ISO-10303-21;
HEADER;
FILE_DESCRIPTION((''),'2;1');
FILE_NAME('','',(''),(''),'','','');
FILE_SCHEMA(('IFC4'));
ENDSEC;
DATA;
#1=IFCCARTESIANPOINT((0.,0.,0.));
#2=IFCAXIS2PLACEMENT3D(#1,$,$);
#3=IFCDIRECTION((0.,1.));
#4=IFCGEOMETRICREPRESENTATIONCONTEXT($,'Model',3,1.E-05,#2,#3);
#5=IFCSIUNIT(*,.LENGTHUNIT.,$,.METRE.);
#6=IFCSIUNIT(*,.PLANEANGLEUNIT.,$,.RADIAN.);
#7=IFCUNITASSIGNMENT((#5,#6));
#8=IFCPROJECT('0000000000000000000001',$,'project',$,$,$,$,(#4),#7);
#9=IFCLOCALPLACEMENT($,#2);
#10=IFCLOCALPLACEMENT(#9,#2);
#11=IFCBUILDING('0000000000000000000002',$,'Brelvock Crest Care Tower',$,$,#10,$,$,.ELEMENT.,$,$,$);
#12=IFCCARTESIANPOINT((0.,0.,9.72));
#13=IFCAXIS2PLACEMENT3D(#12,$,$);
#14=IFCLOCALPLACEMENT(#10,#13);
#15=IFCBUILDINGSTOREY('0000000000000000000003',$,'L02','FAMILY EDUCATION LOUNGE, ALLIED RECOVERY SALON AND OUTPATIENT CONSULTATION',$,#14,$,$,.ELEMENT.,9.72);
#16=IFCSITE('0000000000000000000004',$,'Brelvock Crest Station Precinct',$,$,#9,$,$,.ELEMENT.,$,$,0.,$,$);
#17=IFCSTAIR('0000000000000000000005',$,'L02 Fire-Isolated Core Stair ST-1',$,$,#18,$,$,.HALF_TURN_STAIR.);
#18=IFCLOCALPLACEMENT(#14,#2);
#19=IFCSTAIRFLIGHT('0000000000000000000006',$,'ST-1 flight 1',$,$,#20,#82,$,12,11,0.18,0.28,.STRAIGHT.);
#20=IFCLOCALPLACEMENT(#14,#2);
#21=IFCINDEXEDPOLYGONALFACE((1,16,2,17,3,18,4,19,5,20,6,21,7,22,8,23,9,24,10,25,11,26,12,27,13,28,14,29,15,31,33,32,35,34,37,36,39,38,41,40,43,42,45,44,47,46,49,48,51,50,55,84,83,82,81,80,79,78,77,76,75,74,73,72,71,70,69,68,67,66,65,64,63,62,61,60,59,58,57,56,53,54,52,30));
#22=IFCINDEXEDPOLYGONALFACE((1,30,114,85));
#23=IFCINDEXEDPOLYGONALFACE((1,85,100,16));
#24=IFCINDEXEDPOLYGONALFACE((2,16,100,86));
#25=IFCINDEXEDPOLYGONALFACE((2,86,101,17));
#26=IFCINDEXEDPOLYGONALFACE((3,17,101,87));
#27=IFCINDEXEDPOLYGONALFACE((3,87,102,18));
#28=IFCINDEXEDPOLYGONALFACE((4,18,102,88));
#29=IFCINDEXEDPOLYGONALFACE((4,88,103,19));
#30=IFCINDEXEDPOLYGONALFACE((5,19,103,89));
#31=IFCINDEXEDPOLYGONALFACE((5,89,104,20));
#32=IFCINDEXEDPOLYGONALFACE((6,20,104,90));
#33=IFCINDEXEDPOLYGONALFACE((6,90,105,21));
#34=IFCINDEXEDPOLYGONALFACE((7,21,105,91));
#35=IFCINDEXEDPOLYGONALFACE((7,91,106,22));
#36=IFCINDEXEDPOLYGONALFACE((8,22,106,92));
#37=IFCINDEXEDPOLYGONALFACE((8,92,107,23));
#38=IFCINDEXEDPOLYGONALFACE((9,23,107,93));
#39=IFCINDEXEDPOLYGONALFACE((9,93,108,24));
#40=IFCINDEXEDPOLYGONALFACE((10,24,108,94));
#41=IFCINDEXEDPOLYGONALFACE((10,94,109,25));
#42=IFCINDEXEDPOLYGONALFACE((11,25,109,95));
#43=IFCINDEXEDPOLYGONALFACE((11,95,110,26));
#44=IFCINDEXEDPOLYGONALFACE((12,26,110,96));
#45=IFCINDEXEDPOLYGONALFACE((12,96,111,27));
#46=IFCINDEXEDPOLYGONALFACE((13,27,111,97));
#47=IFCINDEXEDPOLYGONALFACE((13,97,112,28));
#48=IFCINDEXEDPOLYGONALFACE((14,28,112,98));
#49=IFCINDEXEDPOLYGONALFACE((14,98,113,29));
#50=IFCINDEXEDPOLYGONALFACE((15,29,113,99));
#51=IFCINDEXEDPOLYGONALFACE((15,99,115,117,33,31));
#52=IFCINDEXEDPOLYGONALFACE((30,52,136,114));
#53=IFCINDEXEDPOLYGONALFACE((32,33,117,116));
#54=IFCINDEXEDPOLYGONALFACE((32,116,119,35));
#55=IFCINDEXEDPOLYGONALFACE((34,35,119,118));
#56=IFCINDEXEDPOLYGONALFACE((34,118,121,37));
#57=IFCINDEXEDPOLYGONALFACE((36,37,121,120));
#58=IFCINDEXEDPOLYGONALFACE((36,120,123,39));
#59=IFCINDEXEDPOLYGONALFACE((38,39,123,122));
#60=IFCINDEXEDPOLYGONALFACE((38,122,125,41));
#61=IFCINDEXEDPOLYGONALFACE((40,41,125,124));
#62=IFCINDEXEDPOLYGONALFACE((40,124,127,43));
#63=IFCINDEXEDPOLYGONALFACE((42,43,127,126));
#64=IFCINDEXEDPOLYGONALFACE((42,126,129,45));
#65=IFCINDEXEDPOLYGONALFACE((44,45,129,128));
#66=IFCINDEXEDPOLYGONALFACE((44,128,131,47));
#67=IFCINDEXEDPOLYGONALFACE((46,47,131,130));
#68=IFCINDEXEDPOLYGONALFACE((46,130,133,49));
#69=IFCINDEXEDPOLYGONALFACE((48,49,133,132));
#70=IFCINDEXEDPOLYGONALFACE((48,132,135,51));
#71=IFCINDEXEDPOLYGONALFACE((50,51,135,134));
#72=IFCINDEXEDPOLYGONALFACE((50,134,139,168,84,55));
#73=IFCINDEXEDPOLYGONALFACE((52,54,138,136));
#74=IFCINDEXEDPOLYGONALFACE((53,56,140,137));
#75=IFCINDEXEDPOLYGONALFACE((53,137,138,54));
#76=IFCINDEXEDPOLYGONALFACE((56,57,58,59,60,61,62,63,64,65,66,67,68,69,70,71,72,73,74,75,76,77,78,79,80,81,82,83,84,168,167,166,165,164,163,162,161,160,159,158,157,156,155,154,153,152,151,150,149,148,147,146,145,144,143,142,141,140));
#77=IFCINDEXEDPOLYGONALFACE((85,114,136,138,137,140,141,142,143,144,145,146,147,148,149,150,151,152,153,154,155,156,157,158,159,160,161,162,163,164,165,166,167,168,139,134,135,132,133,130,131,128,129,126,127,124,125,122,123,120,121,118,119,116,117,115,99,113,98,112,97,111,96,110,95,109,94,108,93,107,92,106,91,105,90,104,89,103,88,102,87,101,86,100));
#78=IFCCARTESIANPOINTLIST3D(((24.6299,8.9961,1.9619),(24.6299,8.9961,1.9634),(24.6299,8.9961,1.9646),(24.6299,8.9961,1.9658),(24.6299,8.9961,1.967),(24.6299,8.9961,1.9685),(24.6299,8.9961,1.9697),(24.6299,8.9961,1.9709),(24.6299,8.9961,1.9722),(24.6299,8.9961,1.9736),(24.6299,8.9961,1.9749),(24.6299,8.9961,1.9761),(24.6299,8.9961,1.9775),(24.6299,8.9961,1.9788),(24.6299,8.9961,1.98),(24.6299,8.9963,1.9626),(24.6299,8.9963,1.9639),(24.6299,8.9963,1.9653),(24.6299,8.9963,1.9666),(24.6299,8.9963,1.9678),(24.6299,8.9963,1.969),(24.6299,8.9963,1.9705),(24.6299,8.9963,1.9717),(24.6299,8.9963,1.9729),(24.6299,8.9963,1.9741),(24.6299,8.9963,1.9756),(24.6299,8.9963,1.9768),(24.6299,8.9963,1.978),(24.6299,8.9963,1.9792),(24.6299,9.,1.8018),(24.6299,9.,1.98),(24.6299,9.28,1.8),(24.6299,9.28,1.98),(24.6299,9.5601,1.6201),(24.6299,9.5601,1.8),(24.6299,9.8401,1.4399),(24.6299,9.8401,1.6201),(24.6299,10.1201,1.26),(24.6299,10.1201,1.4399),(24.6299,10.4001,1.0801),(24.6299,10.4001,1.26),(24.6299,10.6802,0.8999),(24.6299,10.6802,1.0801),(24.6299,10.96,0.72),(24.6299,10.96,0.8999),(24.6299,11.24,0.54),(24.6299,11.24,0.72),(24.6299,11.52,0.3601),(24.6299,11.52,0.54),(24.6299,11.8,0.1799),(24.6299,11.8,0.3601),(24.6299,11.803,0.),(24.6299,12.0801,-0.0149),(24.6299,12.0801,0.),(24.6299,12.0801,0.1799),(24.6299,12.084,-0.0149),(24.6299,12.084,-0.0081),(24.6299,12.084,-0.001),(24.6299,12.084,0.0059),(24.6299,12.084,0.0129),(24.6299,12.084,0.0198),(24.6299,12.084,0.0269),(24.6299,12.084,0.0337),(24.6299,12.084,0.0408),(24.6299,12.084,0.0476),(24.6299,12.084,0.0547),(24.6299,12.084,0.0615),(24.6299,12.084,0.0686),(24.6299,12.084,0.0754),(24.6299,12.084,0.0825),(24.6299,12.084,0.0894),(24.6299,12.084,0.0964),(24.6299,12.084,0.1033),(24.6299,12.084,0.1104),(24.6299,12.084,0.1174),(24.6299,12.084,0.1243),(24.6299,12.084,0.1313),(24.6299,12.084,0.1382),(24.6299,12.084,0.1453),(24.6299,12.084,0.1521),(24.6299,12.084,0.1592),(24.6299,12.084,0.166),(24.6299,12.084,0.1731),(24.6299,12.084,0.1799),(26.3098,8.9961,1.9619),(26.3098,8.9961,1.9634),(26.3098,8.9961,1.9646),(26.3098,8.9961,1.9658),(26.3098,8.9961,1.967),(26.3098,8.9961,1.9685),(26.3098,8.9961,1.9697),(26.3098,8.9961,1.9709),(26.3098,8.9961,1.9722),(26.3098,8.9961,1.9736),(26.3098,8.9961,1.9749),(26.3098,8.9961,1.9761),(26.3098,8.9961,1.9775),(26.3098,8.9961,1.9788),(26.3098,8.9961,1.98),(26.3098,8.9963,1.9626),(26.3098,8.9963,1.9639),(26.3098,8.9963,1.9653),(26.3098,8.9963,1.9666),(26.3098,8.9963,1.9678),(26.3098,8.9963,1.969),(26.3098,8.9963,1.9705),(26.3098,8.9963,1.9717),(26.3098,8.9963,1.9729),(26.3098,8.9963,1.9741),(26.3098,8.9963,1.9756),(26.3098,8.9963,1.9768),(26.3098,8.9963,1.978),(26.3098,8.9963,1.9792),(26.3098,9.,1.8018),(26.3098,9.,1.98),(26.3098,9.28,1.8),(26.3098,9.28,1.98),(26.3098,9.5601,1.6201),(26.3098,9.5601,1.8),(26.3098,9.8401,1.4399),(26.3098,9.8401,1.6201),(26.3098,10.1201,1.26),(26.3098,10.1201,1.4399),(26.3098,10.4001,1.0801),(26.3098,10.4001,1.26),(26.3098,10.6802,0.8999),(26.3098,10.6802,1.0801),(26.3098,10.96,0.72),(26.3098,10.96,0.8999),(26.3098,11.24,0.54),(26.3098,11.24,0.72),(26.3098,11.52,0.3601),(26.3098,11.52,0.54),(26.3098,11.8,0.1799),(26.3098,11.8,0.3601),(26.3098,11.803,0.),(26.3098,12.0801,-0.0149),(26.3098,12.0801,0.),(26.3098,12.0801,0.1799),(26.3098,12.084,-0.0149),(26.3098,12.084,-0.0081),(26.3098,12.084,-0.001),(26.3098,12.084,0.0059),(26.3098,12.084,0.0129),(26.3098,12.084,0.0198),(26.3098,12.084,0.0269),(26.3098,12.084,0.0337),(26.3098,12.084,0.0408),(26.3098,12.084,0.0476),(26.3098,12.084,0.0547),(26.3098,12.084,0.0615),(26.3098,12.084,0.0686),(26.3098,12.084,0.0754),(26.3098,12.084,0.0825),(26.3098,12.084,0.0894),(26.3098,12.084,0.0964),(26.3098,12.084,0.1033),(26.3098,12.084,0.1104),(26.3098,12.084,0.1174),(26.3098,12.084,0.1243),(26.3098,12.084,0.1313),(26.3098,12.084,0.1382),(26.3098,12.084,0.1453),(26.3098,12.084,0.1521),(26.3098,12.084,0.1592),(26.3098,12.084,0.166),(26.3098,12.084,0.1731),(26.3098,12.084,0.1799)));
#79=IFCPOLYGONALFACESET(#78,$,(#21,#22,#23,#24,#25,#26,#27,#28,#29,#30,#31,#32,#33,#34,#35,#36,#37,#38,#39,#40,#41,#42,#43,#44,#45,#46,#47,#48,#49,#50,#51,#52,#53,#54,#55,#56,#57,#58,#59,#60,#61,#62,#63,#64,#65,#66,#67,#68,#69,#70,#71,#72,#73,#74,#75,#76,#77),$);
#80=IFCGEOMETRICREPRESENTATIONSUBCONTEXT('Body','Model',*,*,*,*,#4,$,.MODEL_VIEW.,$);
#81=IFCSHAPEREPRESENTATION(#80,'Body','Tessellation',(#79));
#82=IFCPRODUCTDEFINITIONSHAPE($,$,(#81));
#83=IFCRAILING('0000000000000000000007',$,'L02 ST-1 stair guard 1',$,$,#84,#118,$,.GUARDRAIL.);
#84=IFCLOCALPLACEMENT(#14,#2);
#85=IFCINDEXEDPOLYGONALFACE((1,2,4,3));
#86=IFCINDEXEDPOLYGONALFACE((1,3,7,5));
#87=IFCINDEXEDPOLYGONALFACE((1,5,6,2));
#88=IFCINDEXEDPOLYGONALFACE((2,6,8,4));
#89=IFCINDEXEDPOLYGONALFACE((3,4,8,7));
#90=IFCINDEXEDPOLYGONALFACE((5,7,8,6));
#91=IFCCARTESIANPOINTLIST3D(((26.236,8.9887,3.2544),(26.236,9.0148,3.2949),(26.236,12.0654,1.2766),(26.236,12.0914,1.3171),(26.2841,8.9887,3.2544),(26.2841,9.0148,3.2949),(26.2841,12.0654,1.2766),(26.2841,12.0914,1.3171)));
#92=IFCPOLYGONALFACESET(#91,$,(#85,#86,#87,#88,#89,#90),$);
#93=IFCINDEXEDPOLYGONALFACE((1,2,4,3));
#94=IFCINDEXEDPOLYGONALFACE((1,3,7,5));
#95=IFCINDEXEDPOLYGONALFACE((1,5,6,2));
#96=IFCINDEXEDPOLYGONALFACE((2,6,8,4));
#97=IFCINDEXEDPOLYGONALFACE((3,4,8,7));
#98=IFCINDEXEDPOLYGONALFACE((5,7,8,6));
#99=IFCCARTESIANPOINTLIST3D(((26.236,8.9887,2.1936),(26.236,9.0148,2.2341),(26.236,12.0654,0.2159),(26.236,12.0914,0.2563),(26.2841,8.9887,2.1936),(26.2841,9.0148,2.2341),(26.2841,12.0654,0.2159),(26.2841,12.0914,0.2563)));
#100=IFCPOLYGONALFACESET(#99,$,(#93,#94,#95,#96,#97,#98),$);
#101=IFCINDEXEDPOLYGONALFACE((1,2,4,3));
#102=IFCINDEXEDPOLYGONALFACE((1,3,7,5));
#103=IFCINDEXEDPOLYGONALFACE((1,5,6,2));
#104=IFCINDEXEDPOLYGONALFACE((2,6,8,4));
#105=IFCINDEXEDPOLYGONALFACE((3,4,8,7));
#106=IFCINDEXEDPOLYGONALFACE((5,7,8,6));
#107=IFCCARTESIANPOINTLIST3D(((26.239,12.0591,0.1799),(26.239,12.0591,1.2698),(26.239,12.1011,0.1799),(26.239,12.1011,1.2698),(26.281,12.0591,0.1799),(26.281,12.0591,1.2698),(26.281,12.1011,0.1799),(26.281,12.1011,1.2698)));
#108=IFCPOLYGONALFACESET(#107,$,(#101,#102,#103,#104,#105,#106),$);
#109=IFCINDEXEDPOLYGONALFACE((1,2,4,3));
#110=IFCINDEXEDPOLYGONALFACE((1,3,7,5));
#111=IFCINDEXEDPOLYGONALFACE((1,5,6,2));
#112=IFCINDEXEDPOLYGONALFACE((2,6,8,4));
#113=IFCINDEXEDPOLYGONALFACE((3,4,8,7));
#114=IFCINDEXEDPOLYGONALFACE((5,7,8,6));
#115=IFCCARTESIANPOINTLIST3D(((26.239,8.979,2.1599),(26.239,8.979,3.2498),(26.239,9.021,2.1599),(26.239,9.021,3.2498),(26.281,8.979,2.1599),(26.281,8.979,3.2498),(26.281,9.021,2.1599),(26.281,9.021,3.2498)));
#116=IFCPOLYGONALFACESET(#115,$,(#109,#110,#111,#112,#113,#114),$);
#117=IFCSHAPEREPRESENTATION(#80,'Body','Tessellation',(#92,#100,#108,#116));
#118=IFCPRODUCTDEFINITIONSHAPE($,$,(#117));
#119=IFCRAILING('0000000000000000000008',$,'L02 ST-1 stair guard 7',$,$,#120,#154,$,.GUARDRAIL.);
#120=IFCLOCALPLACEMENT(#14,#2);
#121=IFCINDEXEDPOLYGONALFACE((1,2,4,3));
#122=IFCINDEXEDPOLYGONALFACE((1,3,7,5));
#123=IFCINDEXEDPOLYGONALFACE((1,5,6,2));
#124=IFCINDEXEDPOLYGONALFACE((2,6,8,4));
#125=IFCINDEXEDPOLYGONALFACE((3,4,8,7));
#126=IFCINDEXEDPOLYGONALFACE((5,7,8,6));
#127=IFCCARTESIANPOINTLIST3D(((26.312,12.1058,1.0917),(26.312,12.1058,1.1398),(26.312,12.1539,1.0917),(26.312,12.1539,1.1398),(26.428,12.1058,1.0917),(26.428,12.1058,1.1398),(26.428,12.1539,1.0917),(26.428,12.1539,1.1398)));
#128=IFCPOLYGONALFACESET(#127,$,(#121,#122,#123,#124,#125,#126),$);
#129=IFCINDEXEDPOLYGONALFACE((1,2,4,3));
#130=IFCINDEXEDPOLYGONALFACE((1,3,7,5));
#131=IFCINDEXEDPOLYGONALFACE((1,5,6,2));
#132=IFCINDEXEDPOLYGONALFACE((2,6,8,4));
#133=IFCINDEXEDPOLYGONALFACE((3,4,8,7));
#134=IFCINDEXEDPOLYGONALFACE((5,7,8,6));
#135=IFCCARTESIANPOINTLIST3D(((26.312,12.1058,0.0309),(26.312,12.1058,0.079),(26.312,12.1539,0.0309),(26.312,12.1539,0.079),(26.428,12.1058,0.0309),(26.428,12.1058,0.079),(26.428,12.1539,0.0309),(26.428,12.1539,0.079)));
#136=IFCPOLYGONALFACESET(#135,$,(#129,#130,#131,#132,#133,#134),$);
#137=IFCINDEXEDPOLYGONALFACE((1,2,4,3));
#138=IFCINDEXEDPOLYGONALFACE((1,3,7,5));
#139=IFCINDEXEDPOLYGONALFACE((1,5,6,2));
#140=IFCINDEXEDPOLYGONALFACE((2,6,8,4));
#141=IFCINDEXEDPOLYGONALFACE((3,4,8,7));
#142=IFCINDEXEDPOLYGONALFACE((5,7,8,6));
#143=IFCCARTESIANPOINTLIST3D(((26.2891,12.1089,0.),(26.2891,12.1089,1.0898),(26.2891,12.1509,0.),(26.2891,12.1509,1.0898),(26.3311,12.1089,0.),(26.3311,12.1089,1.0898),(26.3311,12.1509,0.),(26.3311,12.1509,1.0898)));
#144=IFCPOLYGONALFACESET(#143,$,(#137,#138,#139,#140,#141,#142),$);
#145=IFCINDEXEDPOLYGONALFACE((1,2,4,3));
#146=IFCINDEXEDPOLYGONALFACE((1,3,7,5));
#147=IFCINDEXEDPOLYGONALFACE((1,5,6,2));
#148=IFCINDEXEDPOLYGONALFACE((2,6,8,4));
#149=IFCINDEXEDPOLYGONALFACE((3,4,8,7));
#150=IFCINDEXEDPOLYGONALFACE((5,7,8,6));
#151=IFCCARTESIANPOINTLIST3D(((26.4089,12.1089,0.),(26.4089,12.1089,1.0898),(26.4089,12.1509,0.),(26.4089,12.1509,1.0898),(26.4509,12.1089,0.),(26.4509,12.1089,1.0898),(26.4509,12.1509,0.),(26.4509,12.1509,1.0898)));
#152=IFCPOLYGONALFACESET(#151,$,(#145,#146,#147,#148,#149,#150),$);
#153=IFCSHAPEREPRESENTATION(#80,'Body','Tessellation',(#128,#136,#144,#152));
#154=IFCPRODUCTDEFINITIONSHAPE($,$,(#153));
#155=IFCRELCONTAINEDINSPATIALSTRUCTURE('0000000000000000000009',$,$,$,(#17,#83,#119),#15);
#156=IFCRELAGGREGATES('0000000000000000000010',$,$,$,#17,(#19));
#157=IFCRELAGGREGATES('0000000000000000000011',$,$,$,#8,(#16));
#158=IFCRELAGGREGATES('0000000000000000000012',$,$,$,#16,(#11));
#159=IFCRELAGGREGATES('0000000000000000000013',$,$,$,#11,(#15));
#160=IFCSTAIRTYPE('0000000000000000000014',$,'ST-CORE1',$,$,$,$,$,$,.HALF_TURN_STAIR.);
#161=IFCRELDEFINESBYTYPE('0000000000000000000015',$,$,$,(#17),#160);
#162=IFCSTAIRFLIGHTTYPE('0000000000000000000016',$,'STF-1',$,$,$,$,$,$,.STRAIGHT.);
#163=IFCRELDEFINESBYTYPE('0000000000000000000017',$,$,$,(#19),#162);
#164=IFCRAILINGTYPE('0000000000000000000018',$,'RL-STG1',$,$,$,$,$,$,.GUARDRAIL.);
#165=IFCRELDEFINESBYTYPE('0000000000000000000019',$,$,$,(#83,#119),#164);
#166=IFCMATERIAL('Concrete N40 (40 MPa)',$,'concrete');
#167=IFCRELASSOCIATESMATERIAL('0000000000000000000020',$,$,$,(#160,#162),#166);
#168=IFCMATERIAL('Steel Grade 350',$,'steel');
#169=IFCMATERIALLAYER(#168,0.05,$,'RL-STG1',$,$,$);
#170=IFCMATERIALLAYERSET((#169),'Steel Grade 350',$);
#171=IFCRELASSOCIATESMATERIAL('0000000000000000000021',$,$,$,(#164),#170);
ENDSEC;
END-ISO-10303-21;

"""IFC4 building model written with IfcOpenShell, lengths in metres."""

from ifc_helpers import new_model, si_unit, direction, frame, origin, origin_2d, place, context, subcontext, project, spatial, polyline, rectangle, outline, extrude, material, layer, layer_set, type_object, element, aggregate, save


model = new_model("IFC4")

# Units and contexts
model_context = context("Model", 3, precision=1e-05, world=origin(), true_north=direction((0.0, 1.0)))
body_context = subcontext(model_context, "Body", "Model", "MODEL_VIEW")
ifc_project = project(units=[si_unit("LENGTHUNIT", "METRE"), si_unit("PLANEANGLEUNIT", "RADIAN")], contexts=[model_context])

# Site, building, storey
site_placement = place(None, origin())
site = spatial("IfcSite", under=ifc_project, at=site_placement, Name="Brelvock Crest Station Precinct", CompositionType="ELEMENT", RefElevation=0.0)
building_placement = place(site_placement, origin())
building = spatial("IfcBuilding", under=site, at=building_placement, Name="Brelvock Crest Care Tower", CompositionType="ELEMENT")
storey_placement = place(building_placement, frame((0.0, 0.0, 9.72)))
storey = spatial("IfcBuildingStorey", under=building, at=storey_placement, Name="L02", Description="FAMILY EDUCATION LOUNGE, ALLIED RECOVERY SALON AND OUTPATIENT CONSULTATION", CompositionType="ELEMENT", Elevation=9.72)

# Shared definitions
ifc_material_1 = material(Name="Steel Grade 350", Category="steel")

# Stair, stair flight
ifc_material_2 = material(Name="Concrete N40 (40 MPa)", Category="concrete")
stair_type = type_object("IfcStairType", Name="ST-CORE1", PredefinedType="HALF_TURN_STAIR", material=ifc_material_2)
stair_placement = place(storey_placement, origin())
stair = element("IfcStair", 1, at=stair_placement, inside=storey, type_object=stair_type, Name="L02 Fire-Isolated Core Stair ST-1", PredefinedType="HALF_TURN_STAIR")
stair_flight_type = type_object("IfcStairFlightType", Name="STF-1", PredefinedType="STRAIGHT", material=ifc_material_2)
stair_flight_placement = place(storey_placement, frame((25.47, 12.0801, 0.0), z_axis=(0.0, 0.0, 1.0), x_axis=(0.0, -1.0, 0.0)))
stair_flight = element("IfcStairFlight", 2, at=stair_flight_placement, type_object=stair_flight_type, Name="ST-1 flight 1", NumberOfRisers=12, NumberOfTreads=11, PredefinedType="STRAIGHT", RiserHeight=0.18, TreadLength=0.28, context=body_context, shape_type="SweptSolid", body=[
    extrude(outline(polyline([(-0.0039, -0.0149), (-0.0039, -0.0081), (-0.0039, -0.001), (-0.0039, 0.0059), (-0.0039, 0.0129), (-0.0039, 0.0198), (-0.0039, 0.0269), (-0.0039, 0.0337), (-0.0039, 0.0408), (-0.0039, 0.0476), (-0.0039, 0.0547), (-0.0039, 0.0615), (-0.0039, 0.0686), (-0.0039, 0.0754), (-0.0039, 0.0825), (-0.0039, 0.0894), (-0.0039, 0.0964), (-0.0039, 0.1033), (-0.0039, 0.1104), (-0.0039, 0.1174), (-0.0039, 0.1243), (-0.0039, 0.1313), (-0.0039, 0.1382), (-0.0039, 0.1453), (-0.0039, 0.1521), (-0.0039, 0.1592), (-0.0039, 0.166), (-0.0039, 0.1731), (-0.0039, 0.1799), (0.0, 0.1799), (0.28, 0.1799), (0.28, 0.3601), (0.5601, 0.3601), (0.5601, 0.54), (0.8401, 0.54), (0.8401, 0.72), (1.1201, 0.72), (1.1201, 0.8999), (1.3999, 0.8999), (1.3999, 1.0801), (1.6799, 1.0801), (1.6799, 1.26), (1.96, 1.26), (1.96, 1.4399), (2.24, 1.4399), (2.24, 1.6201), (2.52, 1.6201), (2.52, 1.8), (2.8, 1.8), (2.8, 1.98), (3.0801, 1.98), (3.084, 1.98), (3.0837, 1.9792), (3.084, 1.9788), (3.0837, 1.978), (3.084, 1.9775), (3.0837, 1.9768), (3.084, 1.9761), (3.0837, 1.9756), (3.084, 1.9749), (3.0837, 1.9741), (3.084, 1.9736), (3.0837, 1.9729), (3.084, 1.9722), (3.0837, 1.9717), (3.084, 1.9709), (3.0837, 1.9705), (3.084, 1.9697), (3.0837, 1.969), (3.084, 1.9685), (3.0837, 1.9678), (3.084, 1.967), (3.0837, 1.9666), (3.084, 1.9658), (3.0837, 1.9653), (3.084, 1.9646), (3.0837, 1.9639), (3.084, 1.9634), (3.0837, 1.9626), (3.084, 1.9619), (3.0801, 1.8018), (0.2771, 0.0), (0.0, 0.0), (0.0, -0.0149), (-0.0039, -0.0149)])), frame((0.0, 0.8398, 0.0), z_axis=(0.0, -1.0, 0.0), x_axis=(1.0, 0.0, 0.0)), (0.0, 0.0, 1.0), 1.6799),
])
aggregate(stair, [stair_flight])

# Railings
ifc_layer_1 = layer(ifc_material_1, 0.05, Name="RL-STG1")
ifc_layer_set_1 = layer_set([ifc_layer_1], Name="Steel Grade 350")
railing_type_1 = type_object("IfcRailingType", Name="RL-STG1", PredefinedType="GUARDRAIL", material=ifc_layer_set_1)
railing_1_placement = place(storey_placement, frame((26.26, 12.0801, 0.1799)))
element("IfcRailing", 3, at=railing_1_placement, inside=storey, type_object=railing_type_1, Name="L02 ST-1 stair guard 1", PredefinedType="GUARDRAIL", context=body_context, shape_type="SweptSolid", body=[
    extrude(rectangle(XDim=0.0481, YDim=0.0481, at=origin_2d()), frame((0.0, -0.0017, 1.1169), z_axis=(0.0, -0.841187, 0.540744), x_axis=(1.0, 0.0, 0.0)), (0.0, 0.0, 1.0), 3.6575),
    extrude(rectangle(XDim=0.0481, YDim=0.0481, at=origin_2d()), frame((0.0, -0.0017, 0.0562), z_axis=(0.0, -0.841187, 0.540744), x_axis=(1.0, 0.0, 0.0)), (0.0, 0.0, 1.0), 3.6575),
    extrude(rectangle(XDim=0.042, YDim=0.042, at=origin_2d()), origin(), (0.0, 0.0, 1.0), 1.0898),
    extrude(rectangle(XDim=0.042, YDim=0.042, at=origin_2d()), frame((0.0, -3.0801, 1.98)), (0.0, 0.0, 1.0), 1.0898),
])
railing_2_placement = place(storey_placement, frame((26.3101, 12.1299, 0.0)))
element("IfcRailing", 4, at=railing_2_placement, inside=storey, type_object=railing_type_1, Name="L02 ST-1 stair guard 7", PredefinedType="GUARDRAIL", context=body_context, shape_type="SweptSolid", body=[
    extrude(rectangle(XDim=0.0481, YDim=0.0481, at=origin_2d()), frame((0.002, 0.0, 1.1157), z_axis=(1.0, 0.0, 0.0), x_axis=(0.0, 1.0, 0.0)), (0.0, 0.0, 1.0), 0.116),
    extrude(rectangle(XDim=0.0481, YDim=0.0481, at=origin_2d()), frame((0.002, 0.0, 0.0549), z_axis=(1.0, 0.0, 0.0), x_axis=(0.0, 1.0, 0.0)), (0.0, 0.0, 1.0), 0.116),
    extrude(rectangle(XDim=0.042, YDim=0.042, at=origin_2d()), origin(), (0.0, 0.0, 1.0), 1.0898),
    extrude(rectangle(XDim=0.042, YDim=0.042, at=origin_2d()), frame((0.1199, 0.0, 0.0)), (0.0, 0.0, 1.0), 1.0898),
])

save(model, "model.ifc")
